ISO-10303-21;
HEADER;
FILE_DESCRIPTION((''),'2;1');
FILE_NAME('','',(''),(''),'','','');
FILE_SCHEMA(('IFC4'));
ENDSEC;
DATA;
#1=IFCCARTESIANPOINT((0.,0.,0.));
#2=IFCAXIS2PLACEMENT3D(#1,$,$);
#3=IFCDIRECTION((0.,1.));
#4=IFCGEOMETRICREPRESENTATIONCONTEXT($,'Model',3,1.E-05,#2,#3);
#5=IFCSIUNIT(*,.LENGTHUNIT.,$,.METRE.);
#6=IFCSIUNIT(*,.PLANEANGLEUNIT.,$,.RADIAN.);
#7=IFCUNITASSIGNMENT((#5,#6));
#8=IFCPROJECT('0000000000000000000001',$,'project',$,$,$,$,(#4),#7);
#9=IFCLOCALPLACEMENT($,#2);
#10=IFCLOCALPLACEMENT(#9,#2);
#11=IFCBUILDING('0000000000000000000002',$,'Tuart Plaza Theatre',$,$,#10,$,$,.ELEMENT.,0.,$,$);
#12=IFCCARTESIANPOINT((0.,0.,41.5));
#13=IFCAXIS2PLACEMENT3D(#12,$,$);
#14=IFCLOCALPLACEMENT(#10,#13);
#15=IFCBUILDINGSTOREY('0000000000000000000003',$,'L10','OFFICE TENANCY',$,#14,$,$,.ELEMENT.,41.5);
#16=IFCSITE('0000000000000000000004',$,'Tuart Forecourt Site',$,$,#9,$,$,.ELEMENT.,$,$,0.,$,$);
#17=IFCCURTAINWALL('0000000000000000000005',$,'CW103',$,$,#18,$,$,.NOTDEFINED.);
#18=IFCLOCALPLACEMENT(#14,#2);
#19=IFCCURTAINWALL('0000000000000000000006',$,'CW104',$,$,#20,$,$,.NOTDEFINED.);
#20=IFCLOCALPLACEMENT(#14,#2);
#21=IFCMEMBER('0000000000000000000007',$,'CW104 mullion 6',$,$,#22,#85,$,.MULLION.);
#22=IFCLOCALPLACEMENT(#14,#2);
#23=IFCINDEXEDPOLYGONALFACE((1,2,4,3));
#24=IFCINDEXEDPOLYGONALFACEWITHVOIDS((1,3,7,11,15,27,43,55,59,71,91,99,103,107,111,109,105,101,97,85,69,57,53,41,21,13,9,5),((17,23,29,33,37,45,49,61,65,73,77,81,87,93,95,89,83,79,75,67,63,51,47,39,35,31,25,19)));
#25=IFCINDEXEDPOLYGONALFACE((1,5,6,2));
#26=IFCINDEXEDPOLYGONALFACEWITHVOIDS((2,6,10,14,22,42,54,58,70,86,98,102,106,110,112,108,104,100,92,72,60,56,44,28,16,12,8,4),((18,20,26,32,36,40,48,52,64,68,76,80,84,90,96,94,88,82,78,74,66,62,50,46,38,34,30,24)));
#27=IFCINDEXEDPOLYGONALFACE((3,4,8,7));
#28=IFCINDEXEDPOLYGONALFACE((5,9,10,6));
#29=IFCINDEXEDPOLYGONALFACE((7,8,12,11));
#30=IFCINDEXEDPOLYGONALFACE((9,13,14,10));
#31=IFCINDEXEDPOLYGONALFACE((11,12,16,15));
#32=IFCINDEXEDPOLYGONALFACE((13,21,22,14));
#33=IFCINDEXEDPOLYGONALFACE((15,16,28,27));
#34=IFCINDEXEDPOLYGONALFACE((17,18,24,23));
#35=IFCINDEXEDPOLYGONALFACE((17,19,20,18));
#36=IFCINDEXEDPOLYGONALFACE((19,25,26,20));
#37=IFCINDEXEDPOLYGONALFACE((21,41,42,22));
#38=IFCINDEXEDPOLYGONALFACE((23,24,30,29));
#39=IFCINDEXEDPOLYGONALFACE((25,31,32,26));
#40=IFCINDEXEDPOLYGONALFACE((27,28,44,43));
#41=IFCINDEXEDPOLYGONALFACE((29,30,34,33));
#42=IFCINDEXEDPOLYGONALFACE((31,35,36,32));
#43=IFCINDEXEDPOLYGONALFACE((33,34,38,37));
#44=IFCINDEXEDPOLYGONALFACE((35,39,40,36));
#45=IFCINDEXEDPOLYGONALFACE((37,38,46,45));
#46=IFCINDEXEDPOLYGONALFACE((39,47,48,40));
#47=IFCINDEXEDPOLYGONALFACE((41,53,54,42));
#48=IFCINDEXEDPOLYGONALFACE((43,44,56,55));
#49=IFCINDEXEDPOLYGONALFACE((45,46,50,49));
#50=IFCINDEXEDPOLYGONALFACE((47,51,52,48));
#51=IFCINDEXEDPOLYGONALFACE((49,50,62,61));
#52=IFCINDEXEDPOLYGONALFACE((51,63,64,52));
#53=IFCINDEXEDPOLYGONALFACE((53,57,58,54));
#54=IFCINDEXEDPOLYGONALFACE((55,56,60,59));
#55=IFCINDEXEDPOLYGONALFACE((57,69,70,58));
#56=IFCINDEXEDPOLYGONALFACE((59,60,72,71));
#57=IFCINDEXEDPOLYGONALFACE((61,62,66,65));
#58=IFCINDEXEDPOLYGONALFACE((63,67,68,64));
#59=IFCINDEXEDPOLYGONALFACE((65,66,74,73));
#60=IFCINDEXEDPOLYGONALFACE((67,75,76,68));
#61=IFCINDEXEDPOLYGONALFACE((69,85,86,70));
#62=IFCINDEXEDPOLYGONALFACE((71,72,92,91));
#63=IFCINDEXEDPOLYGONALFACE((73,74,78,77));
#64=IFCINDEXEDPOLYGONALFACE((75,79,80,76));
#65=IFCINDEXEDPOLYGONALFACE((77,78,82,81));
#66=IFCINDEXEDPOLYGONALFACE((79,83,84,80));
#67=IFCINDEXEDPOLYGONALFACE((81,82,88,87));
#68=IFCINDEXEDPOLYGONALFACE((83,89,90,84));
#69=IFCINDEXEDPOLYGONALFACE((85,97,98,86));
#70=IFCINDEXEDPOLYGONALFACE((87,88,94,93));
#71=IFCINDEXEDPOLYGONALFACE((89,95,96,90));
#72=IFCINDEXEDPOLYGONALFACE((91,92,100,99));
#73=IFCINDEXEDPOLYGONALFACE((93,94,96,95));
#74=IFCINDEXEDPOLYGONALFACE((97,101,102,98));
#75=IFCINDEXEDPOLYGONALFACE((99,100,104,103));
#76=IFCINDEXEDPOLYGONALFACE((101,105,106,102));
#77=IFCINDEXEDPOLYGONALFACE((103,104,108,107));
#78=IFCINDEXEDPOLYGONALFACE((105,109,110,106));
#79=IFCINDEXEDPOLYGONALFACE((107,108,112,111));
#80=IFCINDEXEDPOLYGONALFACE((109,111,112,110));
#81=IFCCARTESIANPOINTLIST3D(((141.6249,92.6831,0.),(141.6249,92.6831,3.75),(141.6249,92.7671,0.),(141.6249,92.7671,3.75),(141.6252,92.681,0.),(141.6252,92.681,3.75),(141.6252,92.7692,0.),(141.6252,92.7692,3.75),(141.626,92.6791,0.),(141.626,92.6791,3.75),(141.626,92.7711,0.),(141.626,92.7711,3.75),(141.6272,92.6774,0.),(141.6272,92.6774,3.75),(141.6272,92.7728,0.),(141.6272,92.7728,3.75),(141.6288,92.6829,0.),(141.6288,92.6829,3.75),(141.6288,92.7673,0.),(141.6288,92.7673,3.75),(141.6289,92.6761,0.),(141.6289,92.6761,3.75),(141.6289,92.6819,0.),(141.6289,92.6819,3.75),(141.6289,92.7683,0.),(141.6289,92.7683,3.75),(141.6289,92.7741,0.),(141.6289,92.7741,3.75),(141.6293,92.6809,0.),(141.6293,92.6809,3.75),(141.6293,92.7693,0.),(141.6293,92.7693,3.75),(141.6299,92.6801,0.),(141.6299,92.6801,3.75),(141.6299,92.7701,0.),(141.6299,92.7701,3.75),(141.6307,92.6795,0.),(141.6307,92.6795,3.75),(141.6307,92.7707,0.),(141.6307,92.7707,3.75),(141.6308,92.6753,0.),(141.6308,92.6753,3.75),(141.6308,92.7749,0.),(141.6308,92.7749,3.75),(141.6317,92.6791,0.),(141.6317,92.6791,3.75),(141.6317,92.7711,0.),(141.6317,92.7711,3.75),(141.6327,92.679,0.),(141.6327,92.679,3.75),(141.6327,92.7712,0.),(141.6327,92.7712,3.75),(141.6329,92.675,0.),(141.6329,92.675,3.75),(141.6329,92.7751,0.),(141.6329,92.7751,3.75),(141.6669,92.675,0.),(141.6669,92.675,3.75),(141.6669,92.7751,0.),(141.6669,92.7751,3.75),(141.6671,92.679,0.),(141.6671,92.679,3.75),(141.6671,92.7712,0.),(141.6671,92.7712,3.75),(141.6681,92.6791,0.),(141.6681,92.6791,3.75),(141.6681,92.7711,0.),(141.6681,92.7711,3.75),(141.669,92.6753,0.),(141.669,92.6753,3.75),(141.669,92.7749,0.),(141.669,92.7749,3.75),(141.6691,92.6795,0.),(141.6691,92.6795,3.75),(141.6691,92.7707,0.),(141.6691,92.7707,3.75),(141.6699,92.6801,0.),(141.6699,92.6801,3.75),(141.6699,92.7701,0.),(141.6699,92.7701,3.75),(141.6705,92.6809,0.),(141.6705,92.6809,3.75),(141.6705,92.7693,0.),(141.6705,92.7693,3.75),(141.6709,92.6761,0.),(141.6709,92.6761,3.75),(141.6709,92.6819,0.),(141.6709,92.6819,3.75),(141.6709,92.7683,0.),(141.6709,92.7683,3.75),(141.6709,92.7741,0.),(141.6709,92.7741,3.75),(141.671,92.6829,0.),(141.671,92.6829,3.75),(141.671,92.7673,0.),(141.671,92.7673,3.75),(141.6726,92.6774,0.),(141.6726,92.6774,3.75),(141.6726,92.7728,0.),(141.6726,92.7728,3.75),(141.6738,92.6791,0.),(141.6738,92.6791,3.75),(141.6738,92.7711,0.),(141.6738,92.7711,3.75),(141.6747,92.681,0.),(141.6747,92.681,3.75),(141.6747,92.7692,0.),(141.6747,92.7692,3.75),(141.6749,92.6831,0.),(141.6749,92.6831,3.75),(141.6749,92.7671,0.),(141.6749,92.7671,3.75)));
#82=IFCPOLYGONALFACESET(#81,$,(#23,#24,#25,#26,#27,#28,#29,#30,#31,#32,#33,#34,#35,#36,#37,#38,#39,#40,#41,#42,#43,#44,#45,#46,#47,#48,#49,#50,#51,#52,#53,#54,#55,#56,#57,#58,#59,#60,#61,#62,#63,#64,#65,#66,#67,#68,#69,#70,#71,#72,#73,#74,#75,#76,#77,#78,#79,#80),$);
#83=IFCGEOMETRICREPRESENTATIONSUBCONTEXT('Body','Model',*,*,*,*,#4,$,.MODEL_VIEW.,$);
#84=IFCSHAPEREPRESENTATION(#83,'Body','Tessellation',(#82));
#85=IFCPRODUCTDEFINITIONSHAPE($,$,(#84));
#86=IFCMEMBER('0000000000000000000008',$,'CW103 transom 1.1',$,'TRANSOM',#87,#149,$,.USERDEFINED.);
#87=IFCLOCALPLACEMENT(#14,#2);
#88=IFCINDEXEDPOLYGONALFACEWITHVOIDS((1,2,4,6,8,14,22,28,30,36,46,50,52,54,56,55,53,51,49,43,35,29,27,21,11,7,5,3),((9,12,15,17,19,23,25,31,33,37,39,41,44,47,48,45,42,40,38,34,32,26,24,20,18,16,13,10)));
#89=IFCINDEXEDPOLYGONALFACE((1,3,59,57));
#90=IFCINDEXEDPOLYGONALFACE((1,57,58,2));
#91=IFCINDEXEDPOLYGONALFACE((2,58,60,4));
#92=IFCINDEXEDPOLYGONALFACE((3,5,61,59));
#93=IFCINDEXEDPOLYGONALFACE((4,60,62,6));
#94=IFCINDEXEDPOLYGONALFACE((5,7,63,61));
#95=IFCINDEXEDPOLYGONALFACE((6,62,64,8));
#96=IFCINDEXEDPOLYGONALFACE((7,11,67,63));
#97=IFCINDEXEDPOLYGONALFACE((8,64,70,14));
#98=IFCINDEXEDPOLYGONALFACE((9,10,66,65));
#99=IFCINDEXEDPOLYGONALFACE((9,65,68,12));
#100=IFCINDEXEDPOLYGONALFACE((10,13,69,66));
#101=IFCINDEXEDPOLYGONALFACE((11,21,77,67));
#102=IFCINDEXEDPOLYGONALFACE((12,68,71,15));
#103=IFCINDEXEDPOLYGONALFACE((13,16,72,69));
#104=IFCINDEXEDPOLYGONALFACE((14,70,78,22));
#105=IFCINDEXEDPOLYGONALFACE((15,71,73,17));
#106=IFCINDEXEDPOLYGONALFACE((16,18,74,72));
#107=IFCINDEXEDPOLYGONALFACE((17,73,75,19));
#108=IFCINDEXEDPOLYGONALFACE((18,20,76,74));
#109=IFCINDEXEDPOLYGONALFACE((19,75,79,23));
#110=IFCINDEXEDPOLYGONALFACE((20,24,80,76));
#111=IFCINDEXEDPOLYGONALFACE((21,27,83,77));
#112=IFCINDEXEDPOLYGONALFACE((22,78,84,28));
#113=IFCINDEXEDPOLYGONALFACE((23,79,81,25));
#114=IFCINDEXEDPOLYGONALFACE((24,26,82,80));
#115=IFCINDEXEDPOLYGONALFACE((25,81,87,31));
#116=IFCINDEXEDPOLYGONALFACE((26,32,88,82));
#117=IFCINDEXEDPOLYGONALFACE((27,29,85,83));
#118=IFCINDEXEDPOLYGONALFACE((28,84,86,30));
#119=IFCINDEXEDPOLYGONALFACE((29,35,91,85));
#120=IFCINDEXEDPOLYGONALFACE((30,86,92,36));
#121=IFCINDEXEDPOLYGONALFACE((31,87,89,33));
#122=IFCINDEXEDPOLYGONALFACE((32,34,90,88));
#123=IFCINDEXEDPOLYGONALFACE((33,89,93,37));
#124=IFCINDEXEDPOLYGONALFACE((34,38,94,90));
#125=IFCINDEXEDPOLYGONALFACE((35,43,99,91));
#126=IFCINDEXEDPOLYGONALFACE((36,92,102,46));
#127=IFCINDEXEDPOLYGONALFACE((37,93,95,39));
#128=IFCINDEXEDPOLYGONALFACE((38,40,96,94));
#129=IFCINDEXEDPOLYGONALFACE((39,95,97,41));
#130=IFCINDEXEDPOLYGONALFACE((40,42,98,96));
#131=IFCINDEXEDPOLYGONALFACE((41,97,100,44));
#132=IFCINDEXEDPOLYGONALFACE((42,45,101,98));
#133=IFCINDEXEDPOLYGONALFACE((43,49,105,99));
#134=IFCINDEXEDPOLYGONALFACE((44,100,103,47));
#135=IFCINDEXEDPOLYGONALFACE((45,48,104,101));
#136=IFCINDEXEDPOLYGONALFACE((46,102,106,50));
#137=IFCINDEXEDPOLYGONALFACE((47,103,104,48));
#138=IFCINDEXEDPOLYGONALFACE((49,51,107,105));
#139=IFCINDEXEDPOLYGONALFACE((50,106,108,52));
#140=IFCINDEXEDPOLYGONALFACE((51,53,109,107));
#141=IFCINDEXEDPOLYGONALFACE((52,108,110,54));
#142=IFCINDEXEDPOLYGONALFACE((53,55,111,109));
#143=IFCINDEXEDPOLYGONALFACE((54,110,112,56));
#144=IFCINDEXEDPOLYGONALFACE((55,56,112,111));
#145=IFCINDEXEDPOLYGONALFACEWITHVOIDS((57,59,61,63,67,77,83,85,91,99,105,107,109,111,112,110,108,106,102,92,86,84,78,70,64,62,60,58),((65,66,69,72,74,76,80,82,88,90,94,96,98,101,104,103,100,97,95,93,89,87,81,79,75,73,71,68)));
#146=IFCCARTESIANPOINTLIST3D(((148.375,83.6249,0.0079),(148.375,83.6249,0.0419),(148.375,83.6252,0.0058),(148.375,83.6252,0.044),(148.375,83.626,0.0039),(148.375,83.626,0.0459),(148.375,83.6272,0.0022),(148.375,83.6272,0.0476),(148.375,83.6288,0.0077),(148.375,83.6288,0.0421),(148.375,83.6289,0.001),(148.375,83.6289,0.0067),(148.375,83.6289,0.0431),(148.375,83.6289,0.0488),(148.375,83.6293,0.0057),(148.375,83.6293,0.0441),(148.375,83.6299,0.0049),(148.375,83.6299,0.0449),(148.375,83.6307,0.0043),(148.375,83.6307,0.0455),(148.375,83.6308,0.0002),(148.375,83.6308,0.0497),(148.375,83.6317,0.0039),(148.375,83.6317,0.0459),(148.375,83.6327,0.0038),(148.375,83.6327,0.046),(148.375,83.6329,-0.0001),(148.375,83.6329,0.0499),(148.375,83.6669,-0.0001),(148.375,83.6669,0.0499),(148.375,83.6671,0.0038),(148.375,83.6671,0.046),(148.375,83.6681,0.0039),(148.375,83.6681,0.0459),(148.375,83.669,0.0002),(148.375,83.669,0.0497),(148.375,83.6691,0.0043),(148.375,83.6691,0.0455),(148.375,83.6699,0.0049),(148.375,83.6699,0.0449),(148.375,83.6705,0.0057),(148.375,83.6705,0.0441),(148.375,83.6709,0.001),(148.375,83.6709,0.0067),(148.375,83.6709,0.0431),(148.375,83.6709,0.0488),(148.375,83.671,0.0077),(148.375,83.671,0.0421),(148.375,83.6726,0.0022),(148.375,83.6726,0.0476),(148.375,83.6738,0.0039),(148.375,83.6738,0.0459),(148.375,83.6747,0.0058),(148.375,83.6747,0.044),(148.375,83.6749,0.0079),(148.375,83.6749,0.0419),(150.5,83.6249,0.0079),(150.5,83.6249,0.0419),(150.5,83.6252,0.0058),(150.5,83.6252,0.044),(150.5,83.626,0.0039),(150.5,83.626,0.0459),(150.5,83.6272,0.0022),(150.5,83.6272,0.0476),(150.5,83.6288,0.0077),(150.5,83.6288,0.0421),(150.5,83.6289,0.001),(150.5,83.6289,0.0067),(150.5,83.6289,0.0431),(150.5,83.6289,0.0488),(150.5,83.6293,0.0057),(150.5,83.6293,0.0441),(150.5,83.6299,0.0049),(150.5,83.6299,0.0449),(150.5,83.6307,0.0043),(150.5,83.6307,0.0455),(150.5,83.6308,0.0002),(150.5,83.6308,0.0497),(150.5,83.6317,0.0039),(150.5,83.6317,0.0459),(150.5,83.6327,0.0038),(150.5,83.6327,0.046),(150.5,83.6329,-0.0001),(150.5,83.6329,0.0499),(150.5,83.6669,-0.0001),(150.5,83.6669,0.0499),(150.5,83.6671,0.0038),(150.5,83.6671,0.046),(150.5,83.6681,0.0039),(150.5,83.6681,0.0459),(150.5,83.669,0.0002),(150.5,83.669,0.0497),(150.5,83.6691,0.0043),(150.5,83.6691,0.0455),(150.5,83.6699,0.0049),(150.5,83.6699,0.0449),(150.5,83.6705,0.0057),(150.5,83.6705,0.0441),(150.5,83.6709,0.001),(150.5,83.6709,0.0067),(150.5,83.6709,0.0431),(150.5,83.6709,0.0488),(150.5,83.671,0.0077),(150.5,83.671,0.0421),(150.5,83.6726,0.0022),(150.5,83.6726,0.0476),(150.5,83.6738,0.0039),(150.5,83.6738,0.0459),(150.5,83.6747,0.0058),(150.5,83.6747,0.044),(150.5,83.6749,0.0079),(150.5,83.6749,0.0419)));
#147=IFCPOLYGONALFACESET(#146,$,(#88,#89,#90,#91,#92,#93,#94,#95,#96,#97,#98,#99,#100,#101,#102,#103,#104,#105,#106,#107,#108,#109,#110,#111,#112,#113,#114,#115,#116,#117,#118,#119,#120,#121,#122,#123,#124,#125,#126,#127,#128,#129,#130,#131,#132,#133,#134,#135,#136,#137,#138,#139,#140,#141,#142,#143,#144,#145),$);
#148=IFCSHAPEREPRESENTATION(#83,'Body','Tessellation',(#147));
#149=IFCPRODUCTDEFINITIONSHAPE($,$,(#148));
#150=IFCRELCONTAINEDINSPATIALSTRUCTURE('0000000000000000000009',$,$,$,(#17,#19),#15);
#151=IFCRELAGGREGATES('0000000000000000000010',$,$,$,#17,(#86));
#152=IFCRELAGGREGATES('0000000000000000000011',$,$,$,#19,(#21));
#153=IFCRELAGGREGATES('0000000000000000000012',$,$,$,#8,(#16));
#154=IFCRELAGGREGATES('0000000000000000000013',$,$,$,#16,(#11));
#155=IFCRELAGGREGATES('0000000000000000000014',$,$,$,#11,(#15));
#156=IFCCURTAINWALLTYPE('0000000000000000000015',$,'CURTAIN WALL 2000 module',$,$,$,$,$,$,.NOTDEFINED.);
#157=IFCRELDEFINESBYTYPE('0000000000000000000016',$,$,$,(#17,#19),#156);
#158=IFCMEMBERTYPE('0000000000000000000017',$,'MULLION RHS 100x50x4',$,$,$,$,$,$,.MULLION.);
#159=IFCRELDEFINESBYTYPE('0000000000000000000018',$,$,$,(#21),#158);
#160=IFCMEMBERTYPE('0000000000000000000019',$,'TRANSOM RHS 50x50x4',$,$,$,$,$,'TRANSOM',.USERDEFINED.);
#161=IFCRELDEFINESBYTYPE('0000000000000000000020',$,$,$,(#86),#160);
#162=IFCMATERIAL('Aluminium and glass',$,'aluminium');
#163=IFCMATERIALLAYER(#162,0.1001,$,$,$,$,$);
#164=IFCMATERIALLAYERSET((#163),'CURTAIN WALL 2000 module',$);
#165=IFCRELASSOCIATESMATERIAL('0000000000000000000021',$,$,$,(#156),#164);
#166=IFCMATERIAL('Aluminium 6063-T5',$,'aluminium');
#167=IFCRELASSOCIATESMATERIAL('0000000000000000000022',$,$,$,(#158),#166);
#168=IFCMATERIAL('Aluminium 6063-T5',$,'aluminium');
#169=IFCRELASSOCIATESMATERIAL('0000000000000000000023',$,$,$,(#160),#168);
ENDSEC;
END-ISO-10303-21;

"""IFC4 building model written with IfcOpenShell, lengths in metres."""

from ifc_helpers import new_model, si_unit, direction, frame, origin, origin_2d, place, context, subcontext, project, spatial, hollow_rectangle, extrude, material, layer, layer_set, material_profile, profile_set, type_object, element, aggregate, save


model = new_model("IFC4")

# Units and contexts
model_context = context("Model", 3, precision=1e-05, world=origin(), true_north=direction((0.0, 1.0)))
body_context = subcontext(model_context, "Body", "Model", "MODEL_VIEW")
ifc_project = project(units=[si_unit("LENGTHUNIT", "METRE"), si_unit("PLANEANGLEUNIT", "RADIAN")], contexts=[model_context])

# Site, building, storey
site_placement = place(None, origin())
site = spatial("IfcSite", under=ifc_project, at=site_placement, Name="Tuart Forecourt Site", CompositionType="ELEMENT", RefElevation=0.0)
building_placement = place(site_placement, origin())
building = spatial("IfcBuilding", under=site, at=building_placement, Name="Tuart Plaza Theatre", CompositionType="ELEMENT", ElevationOfRefHeight=0.0)
storey_placement = place(building_placement, frame((0.0, 0.0, 41.5)))
storey = spatial("IfcBuildingStorey", under=building, at=storey_placement, Name="L10", Description="OFFICE TENANCY", CompositionType="ELEMENT", Elevation=41.5)

# Shared definitions
ifc_material_1 = material(Name="Aluminium and glass", Category="aluminium")
ifc_layer_1 = layer(ifc_material_1, 0.1001)
ifc_layer_set_1 = layer_set([ifc_layer_1], Name="CURTAIN WALL 2000 module")
curtain_wall_type = type_object("IfcCurtainWallType", Name="CURTAIN WALL 2000 module", PredefinedType="NOTDEFINED", material=ifc_layer_set_1)
ifc_material_2 = material(Name="Aluminium 6063-T5", Category="aluminium")
ifc_material_profile_1 = material_profile(ifc_material_2, hollow_rectangle(XDim=0.05, YDim=0.1001, WallThickness=0.0039, InnerFilletRadius=0.0039, OuterFilletRadius=0.0081, at=origin_2d()), Name="RHS 100x50x4")
ifc_profile_set_1 = profile_set([ifc_material_profile_1], Name="Aluminium 6063-T5")
member_type_1 = type_object("IfcMemberType", Name="MULLION RHS 100x50x4", PredefinedType="MULLION", material=ifc_profile_set_1)

# Curtain walls, member
curtain_wall_1_placement = place(storey_placement, origin())
curtain_wall_1 = element("IfcCurtainWall", 1, at=curtain_wall_1_placement, inside=storey, type_object=curtain_wall_type, Name="CW103", PredefinedType="NOTDEFINED")
curtain_wall_2_placement = place(storey_placement, origin())
curtain_wall_2 = element("IfcCurtainWall", 2, at=curtain_wall_2_placement, inside=storey, type_object=curtain_wall_type, Name="CW104", PredefinedType="NOTDEFINED")
member_1_placement = place(storey_placement, frame((141.6499, 92.7251, 0.0), z_axis=(0.0, 0.0, 1.0), x_axis=(-1.0, 0.0, 0.0)))
member_1 = element("IfcMember", 3, at=member_1_placement, type_object=member_type_1, Name="CW104 mullion 6", PredefinedType="MULLION", context=body_context, shape_type="SweptSolid", body=[
    extrude(hollow_rectangle(XDim=0.05, YDim=0.1001, WallThickness=0.0039, InnerFilletRadius=0.0039, OuterFilletRadius=0.0081, at=origin_2d()), origin(), (0.0, 0.0, 1.0), 3.75),
])

# Member
ifc_material_3 = material(Name="Aluminium 6063-T5", Category="aluminium")
ifc_material_profile_2 = material_profile(ifc_material_3, hollow_rectangle(XDim=0.05, YDim=0.05, WallThickness=0.0039, InnerFilletRadius=0.0039, OuterFilletRadius=0.0081, at=origin_2d()), Name="RHS 50x50x4")
ifc_profile_set_2 = profile_set([ifc_material_profile_2], Name="Aluminium 6063-T5")
member_type_2 = type_object("IfcMemberType", Name="TRANSOM RHS 50x50x4", ElementType="TRANSOM", PredefinedType="USERDEFINED", material=ifc_profile_set_2)
member_2_placement = place(storey_placement, frame((150.5, 83.6499, 0.0249), z_axis=(-1.0, 0.0, 0.0), x_axis=(0.0, -1.0, 0.0)))
member_2 = element("IfcMember", 4, at=member_2_placement, type_object=member_type_2, Name="CW103 transom 1.1", ObjectType="TRANSOM", PredefinedType="USERDEFINED", context=body_context, shape_type="SweptSolid", body=[
    extrude(hollow_rectangle(XDim=0.05, YDim=0.05, WallThickness=0.0039, InnerFilletRadius=0.0039, OuterFilletRadius=0.0081, at=origin_2d()), origin(), (0.0, 0.0, 1.0), 2.125),
])

aggregate(curtain_wall_1, [member_2])
aggregate(curtain_wall_2, [member_1])

save(model, "model.ifc")
